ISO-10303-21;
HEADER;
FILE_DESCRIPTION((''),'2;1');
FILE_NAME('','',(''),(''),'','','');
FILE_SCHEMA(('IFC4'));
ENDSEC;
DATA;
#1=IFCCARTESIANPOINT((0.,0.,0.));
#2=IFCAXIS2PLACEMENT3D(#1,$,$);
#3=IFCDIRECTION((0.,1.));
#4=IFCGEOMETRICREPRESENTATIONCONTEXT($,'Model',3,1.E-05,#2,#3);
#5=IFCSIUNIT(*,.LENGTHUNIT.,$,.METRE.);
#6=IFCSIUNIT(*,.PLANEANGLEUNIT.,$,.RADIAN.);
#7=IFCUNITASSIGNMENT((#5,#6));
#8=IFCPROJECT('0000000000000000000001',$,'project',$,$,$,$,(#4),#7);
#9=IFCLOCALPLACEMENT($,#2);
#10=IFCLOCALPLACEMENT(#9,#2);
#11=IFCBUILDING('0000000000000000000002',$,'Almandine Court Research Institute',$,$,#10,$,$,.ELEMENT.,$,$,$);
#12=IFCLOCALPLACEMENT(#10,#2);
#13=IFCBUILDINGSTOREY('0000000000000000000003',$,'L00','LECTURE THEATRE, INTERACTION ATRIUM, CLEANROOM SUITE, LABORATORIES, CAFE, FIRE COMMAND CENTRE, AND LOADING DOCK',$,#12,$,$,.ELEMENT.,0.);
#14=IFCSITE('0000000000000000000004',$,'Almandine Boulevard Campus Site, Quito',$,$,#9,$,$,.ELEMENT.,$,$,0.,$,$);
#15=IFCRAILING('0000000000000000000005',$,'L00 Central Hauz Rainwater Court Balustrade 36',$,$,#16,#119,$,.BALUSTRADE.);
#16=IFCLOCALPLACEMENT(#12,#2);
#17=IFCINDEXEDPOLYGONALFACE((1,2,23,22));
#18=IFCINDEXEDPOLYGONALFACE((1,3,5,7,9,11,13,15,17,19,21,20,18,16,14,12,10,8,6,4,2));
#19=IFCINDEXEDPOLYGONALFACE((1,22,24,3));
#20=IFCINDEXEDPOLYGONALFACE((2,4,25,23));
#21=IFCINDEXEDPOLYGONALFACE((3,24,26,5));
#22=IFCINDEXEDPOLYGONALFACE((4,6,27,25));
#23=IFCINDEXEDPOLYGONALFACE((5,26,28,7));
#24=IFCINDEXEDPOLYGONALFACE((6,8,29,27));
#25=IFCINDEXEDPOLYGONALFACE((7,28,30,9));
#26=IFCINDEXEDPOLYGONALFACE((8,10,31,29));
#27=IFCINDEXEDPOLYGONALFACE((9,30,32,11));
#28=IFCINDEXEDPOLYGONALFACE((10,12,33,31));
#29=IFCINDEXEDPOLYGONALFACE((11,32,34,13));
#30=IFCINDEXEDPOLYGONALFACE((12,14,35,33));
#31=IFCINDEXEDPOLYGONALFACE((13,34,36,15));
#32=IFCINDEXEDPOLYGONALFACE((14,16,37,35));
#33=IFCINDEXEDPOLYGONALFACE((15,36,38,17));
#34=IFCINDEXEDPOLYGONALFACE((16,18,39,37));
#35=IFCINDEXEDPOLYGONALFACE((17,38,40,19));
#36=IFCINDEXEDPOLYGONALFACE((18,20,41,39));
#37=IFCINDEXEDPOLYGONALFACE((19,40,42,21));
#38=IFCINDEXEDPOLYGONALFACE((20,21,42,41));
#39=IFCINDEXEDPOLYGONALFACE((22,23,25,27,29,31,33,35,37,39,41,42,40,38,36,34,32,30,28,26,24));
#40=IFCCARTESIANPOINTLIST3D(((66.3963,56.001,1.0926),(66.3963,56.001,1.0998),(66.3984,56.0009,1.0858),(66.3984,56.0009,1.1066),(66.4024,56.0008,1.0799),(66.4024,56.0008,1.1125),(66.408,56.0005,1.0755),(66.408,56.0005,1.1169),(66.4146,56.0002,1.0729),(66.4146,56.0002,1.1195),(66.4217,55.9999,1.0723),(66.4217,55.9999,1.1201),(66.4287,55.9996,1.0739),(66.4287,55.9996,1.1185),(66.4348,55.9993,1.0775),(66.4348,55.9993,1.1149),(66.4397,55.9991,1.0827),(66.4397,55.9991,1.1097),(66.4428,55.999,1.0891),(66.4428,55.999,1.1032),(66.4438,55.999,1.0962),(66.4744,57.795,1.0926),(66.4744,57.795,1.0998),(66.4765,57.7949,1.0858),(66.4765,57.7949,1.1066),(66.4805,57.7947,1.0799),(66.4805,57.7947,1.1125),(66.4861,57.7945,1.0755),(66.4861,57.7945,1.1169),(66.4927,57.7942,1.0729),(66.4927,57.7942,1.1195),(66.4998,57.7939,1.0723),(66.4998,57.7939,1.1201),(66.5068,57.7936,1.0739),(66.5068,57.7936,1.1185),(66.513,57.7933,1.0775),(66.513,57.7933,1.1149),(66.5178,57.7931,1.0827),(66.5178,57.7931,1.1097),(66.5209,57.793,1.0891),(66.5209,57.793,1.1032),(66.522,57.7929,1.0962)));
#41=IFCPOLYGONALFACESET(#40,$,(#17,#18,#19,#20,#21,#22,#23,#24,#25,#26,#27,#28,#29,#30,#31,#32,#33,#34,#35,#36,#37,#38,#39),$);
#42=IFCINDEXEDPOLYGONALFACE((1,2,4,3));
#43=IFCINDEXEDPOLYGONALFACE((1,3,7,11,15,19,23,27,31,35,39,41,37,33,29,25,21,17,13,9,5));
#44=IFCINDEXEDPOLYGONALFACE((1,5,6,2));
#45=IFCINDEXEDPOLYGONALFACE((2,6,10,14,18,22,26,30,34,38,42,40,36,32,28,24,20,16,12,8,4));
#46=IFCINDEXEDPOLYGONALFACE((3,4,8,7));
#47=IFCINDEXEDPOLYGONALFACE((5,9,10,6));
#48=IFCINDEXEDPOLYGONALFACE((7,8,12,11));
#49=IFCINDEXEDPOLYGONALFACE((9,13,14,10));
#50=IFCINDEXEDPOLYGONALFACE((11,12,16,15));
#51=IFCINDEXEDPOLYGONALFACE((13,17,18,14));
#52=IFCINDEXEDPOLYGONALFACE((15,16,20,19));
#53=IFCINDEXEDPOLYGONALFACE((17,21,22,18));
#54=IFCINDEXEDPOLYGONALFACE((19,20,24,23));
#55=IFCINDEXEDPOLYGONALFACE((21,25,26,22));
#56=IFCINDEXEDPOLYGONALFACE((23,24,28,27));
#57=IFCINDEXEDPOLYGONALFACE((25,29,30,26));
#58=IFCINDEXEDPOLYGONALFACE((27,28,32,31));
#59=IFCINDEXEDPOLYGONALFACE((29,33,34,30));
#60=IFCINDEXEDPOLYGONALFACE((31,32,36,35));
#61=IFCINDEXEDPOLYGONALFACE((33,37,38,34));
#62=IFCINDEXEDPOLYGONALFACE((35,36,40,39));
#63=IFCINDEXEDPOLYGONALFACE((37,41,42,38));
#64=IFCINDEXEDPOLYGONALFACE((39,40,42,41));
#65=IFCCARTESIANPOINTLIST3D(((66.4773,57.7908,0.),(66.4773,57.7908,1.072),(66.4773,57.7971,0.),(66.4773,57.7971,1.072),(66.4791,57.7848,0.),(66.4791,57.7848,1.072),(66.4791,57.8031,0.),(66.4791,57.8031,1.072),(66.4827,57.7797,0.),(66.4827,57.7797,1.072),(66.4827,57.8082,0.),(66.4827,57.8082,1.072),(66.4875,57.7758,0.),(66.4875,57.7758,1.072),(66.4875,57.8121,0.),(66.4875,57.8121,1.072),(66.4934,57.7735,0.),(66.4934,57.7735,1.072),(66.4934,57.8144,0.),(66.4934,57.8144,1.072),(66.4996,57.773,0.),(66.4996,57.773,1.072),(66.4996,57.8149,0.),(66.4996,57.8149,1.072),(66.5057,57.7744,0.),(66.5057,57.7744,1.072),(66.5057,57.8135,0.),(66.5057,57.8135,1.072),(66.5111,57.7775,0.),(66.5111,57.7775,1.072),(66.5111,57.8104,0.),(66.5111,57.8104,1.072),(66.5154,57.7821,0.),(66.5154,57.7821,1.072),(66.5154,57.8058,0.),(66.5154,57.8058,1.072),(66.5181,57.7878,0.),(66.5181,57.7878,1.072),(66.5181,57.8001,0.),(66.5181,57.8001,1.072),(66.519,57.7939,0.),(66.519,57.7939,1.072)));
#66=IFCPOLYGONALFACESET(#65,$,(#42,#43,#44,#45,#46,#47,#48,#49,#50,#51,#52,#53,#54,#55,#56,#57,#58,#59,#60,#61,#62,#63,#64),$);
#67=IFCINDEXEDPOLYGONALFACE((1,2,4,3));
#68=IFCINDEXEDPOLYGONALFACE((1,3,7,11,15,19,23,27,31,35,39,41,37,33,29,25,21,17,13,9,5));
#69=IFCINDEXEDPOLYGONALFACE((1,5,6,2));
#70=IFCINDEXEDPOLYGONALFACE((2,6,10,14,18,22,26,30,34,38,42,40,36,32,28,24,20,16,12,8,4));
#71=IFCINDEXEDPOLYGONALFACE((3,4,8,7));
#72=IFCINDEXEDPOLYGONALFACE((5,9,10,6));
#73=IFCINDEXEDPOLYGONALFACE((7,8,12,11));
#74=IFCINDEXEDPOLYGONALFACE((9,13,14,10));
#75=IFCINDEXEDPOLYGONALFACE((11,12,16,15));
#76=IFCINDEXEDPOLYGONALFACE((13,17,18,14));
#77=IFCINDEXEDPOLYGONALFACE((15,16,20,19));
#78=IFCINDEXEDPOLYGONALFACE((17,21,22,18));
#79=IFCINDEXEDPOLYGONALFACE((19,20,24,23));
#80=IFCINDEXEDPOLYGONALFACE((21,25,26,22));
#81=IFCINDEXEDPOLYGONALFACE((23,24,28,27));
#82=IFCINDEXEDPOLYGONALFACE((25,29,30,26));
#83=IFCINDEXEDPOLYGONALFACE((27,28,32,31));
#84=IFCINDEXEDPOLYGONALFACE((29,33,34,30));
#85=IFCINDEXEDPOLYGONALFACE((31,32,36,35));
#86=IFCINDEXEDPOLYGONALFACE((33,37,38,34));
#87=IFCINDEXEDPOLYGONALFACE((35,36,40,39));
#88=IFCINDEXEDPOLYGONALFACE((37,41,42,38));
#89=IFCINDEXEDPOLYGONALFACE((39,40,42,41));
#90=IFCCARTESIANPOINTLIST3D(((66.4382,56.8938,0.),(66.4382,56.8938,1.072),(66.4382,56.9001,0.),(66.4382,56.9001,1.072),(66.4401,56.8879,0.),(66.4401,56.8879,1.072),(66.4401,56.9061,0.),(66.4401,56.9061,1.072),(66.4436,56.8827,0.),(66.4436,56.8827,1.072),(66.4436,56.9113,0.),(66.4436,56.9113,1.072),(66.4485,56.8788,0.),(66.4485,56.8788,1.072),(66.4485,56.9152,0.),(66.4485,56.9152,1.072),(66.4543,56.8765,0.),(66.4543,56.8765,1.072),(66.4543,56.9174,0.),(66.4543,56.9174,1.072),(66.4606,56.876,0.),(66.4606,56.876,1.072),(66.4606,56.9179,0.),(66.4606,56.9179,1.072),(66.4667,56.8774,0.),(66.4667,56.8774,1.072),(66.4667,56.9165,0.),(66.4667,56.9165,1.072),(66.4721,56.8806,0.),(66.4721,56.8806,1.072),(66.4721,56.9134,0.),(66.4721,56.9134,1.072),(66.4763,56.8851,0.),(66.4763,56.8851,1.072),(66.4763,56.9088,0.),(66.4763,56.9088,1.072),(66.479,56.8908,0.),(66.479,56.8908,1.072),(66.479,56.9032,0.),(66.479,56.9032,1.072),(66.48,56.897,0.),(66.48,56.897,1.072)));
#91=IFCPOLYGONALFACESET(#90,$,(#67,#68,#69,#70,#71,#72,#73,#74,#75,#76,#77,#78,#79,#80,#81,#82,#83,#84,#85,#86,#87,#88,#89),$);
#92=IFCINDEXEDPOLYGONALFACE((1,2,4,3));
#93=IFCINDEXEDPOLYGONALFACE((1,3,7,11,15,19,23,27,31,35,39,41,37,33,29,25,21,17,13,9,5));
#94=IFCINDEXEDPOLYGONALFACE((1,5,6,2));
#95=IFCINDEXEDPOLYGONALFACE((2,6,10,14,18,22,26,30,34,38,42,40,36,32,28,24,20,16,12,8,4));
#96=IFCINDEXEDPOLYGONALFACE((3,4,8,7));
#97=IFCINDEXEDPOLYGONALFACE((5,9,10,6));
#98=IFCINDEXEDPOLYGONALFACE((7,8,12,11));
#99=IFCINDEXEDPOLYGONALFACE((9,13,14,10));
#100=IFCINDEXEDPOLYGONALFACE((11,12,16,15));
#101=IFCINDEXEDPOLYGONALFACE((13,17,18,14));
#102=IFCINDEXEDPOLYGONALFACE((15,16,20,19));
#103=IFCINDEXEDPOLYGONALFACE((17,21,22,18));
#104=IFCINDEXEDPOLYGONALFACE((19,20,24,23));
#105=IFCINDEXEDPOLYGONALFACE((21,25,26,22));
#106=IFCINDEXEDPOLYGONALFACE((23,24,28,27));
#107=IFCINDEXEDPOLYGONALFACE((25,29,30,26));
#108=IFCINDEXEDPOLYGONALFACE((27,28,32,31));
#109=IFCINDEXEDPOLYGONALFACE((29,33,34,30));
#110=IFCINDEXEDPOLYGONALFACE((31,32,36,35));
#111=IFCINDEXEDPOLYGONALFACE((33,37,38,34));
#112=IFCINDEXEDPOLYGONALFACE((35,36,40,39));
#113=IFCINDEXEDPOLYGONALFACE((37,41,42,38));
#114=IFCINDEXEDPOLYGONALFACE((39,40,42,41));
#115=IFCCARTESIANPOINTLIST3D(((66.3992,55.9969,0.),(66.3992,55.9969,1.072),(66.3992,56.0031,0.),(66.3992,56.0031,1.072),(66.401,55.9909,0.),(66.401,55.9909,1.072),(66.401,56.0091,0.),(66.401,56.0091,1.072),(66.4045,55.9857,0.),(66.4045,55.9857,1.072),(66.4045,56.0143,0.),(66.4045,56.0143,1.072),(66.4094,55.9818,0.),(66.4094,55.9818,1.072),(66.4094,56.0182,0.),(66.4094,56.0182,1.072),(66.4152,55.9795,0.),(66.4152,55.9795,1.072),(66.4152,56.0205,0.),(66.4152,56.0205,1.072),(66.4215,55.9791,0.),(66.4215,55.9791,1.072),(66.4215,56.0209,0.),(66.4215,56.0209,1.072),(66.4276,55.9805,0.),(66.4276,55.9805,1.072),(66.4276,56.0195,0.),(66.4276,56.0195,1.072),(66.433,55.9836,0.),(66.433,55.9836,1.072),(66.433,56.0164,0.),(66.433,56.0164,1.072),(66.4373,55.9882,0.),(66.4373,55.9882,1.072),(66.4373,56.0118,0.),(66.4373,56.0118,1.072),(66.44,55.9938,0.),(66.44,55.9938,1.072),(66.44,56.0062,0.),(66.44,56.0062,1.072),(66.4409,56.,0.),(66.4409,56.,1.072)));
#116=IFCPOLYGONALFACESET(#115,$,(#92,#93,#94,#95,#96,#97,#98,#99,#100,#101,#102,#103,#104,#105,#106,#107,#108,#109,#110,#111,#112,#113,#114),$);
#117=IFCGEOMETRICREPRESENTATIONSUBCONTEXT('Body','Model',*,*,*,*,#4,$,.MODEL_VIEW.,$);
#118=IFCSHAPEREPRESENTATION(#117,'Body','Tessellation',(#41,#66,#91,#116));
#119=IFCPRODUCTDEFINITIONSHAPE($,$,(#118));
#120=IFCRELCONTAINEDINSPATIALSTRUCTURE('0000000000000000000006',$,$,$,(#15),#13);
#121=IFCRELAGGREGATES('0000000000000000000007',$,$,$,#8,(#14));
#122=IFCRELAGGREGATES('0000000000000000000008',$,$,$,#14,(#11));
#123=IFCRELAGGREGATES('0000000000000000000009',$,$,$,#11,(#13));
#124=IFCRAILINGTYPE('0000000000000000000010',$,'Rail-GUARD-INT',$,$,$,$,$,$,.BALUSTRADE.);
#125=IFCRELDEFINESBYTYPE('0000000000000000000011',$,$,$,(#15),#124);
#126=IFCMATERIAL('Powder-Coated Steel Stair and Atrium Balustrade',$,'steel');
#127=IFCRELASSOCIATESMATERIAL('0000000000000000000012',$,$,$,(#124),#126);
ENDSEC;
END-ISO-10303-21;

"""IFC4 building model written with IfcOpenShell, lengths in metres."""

from ifc_helpers import new_model, si_unit, direction, frame, origin, origin_2d, place, context, subcontext, project, spatial, circle, extrude, material, type_object, element, save


model = new_model("IFC4")

# Units and contexts
model_context = context("Model", 3, precision=1e-05, world=origin(), true_north=direction((0.0, 1.0)))
body_context = subcontext(model_context, "Body", "Model", "MODEL_VIEW")
ifc_project = project(units=[si_unit("LENGTHUNIT", "METRE"), si_unit("PLANEANGLEUNIT", "RADIAN")], contexts=[model_context])

# Site, building, storey
site_placement = place(None, origin())
site = spatial("IfcSite", under=ifc_project, at=site_placement, Name="Almandine Boulevard Campus Site, Quito", CompositionType="ELEMENT", RefElevation=0.0)
building_placement = place(site_placement, origin())
building = spatial("IfcBuilding", under=site, at=building_placement, Name="Almandine Court Research Institute", CompositionType="ELEMENT")
storey_placement = place(building_placement, origin())
storey = spatial("IfcBuildingStorey", under=building, at=storey_placement, Name="L00", Description="LECTURE THEATRE, INTERACTION ATRIUM, CLEANROOM SUITE, LABORATORIES, CAFE, FIRE COMMAND CENTRE, AND LOADING DOCK", CompositionType="ELEMENT", Elevation=0.0)

# Railing
ifc_material_1 = material(Name="Powder-Coated Steel Stair and Atrium Balustrade", Category="steel")
railing_type = type_object("IfcRailingType", Name="Rail-GUARD-INT", PredefinedType="BALUSTRADE", material=ifc_material_1)
railing_1_placement = place(storey_placement, frame((66.498, 57.7939, 0.0)))
element("IfcRailing", 1, at=railing_1_placement, inside=storey, type_object=railing_type, Name="L00 Central Hauz Rainwater Court Balustrade 36", PredefinedType="BALUSTRADE", context=body_context, shape_type="SweptSolid", body=[
    extrude(circle(Radius=0.0239, at=origin_2d()), frame((0.0, 0.0, 1.0962), z_axis=(-0.043508, -0.999053, 0.0), x_axis=(0.999053, -0.043508, 0.0)), (0.0, 0.0, 1.0), 1.7957),
    extrude(circle(Radius=0.021, at=origin_2d()), origin(), (0.0, 0.0, 1.0), 1.072),
    extrude(circle(Radius=0.021, at=origin_2d()), frame((-0.0391, -0.897, 0.0)), (0.0, 0.0, 1.0), 1.072),
    extrude(circle(Radius=0.021, at=origin_2d()), frame((-0.0781, -1.7939, 0.0)), (0.0, 0.0, 1.0), 1.072),
])

save(model, "model.ifc")
